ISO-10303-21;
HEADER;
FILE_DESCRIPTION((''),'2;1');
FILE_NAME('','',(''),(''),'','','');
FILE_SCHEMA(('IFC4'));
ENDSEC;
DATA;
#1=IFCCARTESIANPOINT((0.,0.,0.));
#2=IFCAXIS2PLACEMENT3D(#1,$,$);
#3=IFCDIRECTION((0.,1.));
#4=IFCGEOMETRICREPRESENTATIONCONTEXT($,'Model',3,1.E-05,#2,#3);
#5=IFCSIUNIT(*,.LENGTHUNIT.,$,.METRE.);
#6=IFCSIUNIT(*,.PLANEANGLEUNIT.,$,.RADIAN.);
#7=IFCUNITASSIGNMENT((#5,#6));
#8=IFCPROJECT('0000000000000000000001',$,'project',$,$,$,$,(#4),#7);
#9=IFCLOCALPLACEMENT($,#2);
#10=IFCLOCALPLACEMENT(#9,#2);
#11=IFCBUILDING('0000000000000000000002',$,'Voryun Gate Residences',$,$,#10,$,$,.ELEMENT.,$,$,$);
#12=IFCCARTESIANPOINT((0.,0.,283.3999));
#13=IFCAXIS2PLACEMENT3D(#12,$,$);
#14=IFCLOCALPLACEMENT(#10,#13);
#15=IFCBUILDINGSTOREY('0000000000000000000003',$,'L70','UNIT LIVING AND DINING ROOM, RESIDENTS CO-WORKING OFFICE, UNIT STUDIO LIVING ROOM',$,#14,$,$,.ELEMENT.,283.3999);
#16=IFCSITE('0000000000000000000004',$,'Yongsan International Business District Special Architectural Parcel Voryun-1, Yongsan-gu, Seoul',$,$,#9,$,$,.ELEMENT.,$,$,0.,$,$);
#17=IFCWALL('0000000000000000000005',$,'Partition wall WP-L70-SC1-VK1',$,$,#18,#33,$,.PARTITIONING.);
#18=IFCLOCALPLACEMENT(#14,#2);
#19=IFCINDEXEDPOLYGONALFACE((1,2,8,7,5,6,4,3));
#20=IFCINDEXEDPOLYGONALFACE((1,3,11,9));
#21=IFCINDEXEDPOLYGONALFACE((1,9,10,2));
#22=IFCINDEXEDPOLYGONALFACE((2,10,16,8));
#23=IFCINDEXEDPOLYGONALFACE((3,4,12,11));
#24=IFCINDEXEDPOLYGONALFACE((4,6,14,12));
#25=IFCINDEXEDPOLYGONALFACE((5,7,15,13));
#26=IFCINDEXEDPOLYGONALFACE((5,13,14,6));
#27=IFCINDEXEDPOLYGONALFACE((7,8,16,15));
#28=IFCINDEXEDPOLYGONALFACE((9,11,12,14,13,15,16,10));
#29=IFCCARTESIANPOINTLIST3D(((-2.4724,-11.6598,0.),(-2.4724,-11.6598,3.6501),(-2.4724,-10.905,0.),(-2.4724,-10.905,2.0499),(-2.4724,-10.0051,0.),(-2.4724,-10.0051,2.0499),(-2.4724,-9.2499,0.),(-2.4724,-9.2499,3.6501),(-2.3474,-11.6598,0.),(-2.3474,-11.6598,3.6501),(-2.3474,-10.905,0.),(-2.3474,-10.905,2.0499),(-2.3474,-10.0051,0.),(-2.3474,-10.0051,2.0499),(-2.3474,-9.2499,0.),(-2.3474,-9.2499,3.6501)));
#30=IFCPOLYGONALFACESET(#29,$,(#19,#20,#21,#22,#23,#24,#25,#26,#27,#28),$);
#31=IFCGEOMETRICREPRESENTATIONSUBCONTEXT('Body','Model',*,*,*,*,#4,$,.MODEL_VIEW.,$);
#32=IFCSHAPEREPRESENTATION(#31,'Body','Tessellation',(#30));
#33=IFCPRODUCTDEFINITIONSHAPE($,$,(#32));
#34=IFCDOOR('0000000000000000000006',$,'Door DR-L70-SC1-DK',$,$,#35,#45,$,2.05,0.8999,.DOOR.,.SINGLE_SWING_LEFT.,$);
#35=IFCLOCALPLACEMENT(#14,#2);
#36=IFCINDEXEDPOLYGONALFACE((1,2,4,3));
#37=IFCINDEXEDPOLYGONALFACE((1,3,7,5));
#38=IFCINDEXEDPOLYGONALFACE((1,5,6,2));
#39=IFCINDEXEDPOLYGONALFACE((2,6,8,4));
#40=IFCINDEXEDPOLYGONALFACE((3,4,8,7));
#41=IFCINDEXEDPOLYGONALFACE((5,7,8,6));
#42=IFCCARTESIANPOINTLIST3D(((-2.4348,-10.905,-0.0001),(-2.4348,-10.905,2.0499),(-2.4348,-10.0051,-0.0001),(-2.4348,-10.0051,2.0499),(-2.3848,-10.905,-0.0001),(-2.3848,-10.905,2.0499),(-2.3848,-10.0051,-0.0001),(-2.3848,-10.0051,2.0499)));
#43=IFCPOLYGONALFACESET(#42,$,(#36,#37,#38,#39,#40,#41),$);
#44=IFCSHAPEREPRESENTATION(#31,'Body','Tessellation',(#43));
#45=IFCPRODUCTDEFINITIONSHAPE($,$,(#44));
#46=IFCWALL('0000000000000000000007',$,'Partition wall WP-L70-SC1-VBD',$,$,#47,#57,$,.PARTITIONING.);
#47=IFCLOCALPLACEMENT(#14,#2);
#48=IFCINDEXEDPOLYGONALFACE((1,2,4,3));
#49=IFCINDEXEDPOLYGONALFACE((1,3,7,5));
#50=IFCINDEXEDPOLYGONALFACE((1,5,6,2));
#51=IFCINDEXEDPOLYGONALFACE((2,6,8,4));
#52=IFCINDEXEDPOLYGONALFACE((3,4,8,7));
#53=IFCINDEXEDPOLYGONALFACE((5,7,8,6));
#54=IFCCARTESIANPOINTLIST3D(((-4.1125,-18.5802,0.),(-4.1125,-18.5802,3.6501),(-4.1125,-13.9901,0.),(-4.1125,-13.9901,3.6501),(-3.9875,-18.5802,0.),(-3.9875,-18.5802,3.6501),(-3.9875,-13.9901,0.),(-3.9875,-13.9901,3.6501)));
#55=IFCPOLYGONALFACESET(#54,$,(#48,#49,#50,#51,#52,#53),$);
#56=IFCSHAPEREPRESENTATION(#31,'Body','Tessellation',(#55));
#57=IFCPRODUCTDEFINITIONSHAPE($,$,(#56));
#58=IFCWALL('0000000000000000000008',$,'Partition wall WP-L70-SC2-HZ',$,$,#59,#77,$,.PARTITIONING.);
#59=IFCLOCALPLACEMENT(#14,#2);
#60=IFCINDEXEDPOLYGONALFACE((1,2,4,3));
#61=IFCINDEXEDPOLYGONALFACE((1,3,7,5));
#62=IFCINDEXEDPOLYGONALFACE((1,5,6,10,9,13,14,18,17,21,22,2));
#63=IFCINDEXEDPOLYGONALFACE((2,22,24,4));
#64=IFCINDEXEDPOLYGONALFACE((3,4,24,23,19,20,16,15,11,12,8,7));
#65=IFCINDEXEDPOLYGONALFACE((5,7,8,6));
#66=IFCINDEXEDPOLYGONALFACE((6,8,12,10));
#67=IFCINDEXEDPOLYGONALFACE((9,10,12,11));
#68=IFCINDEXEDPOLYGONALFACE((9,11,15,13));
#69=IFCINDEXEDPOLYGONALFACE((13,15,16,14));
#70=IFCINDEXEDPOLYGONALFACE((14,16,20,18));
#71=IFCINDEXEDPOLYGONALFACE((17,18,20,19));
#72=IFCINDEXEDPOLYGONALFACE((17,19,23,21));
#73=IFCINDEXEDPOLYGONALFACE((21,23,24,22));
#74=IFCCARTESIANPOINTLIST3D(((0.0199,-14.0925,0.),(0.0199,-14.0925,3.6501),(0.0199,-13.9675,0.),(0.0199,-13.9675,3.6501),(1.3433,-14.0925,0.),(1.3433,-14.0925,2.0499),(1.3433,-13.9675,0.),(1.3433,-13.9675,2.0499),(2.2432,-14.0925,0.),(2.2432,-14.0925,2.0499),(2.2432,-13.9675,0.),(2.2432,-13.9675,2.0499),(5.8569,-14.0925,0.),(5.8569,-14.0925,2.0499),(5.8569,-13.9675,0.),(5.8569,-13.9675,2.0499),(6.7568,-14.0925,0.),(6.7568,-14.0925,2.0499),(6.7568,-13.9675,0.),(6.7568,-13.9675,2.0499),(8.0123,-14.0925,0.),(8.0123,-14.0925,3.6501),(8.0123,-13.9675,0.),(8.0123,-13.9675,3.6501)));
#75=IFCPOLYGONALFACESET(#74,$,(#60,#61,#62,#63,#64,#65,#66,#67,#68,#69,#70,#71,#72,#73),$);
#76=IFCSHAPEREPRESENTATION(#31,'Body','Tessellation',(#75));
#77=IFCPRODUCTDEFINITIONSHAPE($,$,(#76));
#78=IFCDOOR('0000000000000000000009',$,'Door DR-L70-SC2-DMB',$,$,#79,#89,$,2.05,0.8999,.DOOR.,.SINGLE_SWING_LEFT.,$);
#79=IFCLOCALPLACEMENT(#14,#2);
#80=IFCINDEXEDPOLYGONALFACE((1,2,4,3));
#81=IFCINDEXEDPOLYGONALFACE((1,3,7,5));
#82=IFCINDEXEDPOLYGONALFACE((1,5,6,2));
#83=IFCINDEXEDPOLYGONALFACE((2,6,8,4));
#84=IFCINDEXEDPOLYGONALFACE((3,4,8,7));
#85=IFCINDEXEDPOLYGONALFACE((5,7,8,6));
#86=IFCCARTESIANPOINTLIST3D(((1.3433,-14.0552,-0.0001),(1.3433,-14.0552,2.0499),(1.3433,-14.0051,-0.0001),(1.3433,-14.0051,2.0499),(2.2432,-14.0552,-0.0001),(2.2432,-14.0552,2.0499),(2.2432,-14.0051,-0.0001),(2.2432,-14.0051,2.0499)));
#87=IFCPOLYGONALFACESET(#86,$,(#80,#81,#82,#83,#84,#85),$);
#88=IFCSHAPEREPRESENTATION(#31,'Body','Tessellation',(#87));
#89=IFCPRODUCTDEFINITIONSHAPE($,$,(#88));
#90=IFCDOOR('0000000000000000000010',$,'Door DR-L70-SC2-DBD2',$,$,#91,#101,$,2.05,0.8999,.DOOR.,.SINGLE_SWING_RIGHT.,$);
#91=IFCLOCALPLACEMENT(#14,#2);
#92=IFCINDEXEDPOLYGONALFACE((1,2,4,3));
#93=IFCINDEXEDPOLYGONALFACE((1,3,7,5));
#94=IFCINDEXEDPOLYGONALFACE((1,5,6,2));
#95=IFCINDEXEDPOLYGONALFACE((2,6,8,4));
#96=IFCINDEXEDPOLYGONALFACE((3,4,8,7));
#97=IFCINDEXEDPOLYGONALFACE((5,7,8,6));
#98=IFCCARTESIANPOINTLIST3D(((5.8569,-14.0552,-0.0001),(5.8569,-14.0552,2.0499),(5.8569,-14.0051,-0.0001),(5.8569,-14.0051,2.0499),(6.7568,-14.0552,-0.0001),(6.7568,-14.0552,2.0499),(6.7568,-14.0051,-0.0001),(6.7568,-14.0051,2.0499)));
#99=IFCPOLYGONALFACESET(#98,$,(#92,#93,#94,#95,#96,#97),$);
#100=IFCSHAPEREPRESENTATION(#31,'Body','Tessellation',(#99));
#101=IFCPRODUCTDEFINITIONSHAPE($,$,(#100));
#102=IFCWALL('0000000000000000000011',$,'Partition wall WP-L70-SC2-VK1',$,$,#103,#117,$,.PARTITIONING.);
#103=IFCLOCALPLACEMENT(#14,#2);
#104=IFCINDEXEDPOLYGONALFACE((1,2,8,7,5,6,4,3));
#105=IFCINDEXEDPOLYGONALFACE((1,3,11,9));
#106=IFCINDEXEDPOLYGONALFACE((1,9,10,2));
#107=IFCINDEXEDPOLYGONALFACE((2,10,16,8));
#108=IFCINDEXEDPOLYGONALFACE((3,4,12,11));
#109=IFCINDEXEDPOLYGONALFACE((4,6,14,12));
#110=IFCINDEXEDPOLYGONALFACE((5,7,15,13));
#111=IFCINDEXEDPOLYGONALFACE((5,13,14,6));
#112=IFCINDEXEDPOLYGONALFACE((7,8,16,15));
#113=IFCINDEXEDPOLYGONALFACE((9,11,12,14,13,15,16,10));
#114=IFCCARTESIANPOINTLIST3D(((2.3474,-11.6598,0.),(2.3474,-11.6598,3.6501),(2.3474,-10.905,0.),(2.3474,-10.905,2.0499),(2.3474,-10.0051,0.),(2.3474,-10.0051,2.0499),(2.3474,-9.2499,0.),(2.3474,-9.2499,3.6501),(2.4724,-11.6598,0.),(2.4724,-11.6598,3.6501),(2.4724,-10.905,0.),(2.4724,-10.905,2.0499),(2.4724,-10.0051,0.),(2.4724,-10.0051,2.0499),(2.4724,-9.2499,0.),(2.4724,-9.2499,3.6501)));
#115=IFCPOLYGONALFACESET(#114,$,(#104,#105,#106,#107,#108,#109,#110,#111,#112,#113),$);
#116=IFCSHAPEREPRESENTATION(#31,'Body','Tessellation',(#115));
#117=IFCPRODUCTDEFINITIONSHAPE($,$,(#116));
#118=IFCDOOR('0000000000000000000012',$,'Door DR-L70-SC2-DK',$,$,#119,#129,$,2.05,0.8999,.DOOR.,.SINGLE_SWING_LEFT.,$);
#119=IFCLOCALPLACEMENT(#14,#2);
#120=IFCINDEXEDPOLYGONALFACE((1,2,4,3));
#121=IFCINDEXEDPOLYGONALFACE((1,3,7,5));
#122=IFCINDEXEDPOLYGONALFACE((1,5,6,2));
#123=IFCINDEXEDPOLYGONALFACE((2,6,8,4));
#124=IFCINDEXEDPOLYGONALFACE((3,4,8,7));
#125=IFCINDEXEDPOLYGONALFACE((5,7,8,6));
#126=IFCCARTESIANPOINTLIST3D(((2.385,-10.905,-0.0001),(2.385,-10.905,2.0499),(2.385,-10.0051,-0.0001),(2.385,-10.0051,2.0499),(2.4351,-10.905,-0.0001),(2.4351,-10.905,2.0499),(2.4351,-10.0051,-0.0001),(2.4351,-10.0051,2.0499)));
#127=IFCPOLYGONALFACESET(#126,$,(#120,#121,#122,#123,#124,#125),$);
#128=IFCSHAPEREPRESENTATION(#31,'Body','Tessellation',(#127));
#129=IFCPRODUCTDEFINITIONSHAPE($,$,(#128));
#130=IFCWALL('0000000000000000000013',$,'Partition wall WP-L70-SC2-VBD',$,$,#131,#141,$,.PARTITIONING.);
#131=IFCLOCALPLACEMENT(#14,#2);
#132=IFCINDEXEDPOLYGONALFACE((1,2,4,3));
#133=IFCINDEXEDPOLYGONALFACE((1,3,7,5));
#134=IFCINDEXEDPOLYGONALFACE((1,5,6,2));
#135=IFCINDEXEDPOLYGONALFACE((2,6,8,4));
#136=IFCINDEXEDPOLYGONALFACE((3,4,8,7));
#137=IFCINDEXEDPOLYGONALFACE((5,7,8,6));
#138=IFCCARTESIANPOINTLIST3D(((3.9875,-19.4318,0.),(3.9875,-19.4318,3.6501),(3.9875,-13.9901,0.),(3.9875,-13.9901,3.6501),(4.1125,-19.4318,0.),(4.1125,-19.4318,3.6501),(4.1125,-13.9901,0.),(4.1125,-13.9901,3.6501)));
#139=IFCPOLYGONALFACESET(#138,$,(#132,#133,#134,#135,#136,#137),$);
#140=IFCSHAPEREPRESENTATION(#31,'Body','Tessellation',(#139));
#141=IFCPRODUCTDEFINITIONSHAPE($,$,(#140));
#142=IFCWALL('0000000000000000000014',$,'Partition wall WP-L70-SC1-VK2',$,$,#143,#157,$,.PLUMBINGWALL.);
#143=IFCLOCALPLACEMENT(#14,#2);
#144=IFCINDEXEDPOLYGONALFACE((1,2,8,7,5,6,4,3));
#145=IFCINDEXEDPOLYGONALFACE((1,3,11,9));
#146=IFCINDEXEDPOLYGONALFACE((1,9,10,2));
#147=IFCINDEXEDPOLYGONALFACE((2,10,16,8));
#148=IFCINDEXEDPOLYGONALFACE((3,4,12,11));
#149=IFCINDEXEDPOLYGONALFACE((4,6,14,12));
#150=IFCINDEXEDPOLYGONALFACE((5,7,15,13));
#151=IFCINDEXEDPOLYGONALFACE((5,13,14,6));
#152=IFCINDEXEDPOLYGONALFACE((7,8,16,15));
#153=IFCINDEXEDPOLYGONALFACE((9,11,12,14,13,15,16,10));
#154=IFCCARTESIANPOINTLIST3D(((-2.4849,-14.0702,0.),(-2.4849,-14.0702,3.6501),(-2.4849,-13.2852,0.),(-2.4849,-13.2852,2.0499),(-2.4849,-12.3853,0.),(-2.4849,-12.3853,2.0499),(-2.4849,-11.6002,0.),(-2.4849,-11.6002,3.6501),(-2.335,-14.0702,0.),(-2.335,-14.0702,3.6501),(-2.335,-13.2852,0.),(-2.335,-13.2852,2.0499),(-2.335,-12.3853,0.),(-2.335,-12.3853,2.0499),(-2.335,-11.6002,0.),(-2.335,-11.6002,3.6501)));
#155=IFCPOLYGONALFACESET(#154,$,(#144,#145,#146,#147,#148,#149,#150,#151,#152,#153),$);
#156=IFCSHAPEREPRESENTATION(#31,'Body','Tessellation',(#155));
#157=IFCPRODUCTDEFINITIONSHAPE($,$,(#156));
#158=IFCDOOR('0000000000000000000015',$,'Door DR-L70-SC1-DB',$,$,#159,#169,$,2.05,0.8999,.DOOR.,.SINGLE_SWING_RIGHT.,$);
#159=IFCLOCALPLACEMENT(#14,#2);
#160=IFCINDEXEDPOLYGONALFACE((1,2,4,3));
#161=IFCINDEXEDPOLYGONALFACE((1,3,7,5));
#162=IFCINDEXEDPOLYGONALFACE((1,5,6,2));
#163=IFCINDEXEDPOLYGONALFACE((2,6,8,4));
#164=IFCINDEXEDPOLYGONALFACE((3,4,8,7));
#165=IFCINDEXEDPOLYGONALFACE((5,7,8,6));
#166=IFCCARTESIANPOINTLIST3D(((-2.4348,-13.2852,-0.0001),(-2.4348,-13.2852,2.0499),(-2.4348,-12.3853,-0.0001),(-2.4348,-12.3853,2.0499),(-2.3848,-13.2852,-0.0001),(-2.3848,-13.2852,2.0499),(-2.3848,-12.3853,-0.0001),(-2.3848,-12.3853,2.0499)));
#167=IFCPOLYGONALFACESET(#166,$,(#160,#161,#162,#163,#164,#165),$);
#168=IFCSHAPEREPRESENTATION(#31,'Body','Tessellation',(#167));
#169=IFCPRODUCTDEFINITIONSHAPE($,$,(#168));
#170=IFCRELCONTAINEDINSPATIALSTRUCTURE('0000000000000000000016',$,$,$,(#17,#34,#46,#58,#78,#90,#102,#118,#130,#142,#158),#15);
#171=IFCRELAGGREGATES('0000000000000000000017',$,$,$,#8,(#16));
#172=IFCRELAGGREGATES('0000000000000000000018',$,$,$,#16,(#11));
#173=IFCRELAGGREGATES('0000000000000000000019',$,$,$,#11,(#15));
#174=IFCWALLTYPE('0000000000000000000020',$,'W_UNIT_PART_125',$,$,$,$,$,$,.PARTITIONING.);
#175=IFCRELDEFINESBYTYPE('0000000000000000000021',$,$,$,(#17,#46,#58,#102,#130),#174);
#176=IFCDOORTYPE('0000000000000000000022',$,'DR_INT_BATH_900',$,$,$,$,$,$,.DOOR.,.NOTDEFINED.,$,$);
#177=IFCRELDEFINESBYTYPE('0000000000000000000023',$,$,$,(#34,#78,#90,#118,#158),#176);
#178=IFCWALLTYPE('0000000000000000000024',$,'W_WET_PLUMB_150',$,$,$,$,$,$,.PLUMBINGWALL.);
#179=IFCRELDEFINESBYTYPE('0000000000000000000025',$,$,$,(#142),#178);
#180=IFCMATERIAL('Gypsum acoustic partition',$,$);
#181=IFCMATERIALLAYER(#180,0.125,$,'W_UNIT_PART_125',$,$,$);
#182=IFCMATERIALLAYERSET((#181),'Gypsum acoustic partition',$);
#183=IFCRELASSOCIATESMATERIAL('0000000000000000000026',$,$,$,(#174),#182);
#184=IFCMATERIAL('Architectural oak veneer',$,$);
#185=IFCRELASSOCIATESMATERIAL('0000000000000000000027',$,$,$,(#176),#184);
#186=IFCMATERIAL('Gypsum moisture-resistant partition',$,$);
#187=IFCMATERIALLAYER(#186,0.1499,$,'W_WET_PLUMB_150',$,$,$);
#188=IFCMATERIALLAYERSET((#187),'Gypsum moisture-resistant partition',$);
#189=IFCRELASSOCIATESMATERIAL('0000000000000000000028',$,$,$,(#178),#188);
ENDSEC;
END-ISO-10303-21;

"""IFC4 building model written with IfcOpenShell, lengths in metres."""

from ifc_helpers import new_model, si_unit, direction, frame, frame_2d, origin, place, context, subcontext, project, spatial, rectangle, extrude, material, layer, layer_set, type_object, element, fill, save


model = new_model("IFC4")

# Units and contexts
model_context = context("Model", 3, precision=1e-05, world=origin(), true_north=direction((0.0, 1.0)))
body_context = subcontext(model_context, "Body", "Model", "MODEL_VIEW")
ifc_project = project(units=[si_unit("LENGTHUNIT", "METRE"), si_unit("PLANEANGLEUNIT", "RADIAN")], contexts=[model_context])

# Site, building, storey
site_placement = place(None, origin())
site = spatial("IfcSite", under=ifc_project, at=site_placement, Name="Yongsan International Business District Special Architectural Parcel Voryun-1, Yongsan-gu, Seoul", CompositionType="ELEMENT", RefElevation=0.0)
building_placement = place(site_placement, origin())
building = spatial("IfcBuilding", under=site, at=building_placement, Name="Voryun Gate Residences", CompositionType="ELEMENT")
storey_placement = place(building_placement, frame((0.0, 0.0, 283.3999)))
storey = spatial("IfcBuildingStorey", under=building, at=storey_placement, Name="L70", Description="UNIT LIVING AND DINING ROOM, RESIDENTS CO-WORKING OFFICE, UNIT STUDIO LIVING ROOM", CompositionType="ELEMENT", Elevation=283.3999)

# Shared definitions
ifc_material_1 = material(Name="Gypsum acoustic partition")
ifc_layer_1 = layer(ifc_material_1, 0.125, Name="W_UNIT_PART_125")
ifc_layer_set_1 = layer_set([ifc_layer_1], Name="Gypsum acoustic partition")
wall_type_1 = type_object("IfcWallType", Name="W_UNIT_PART_125", PredefinedType="PARTITIONING", material=ifc_layer_set_1)

# Wall, opening, door
wall_1_placement = place(storey_placement, frame((-2.4099, -11.6599, 0.0), z_axis=(0.0, 0.0, 1.0), x_axis=(0.0, 1.0, 0.0)))
wall_1 = element("IfcWall", 1, at=wall_1_placement, inside=storey, type_object=wall_type_1, Name="Partition wall WP-L70-SC1-VK1", PredefinedType="PARTITIONING", context=body_context, shape_type="SweptSolid", body=[
    extrude(rectangle(XDim=2.4099, YDim=0.125, at=frame_2d((1.2051, 0.0))), origin(), (0.0, 0.0, 1.0), 3.6501),
])
opening_1_placement = place(wall_1_placement, frame((0.7549, 0.0, 0.0)))
opening_1 = element("IfcOpeningElement", 2, at=opening_1_placement, cuts=wall_1, PredefinedType="OPENING", context=body_context, shape_type="SweptSolid", body=[
    extrude(rectangle(XDim=0.8999, YDim=2.05, at=frame_2d((0.45, 1.0249))), frame((0.0, 0.0725, 0.0), z_axis=(0.0, -1.0, 0.0), x_axis=(1.0, 0.0, 0.0)), (0.0, 0.0, 1.0), 0.145),
])
ifc_material_2 = material(Name="Architectural oak veneer")
door_type_1 = type_object("IfcDoorType", Name="DR_INT_BATH_900", OperationType="NOTDEFINED", PredefinedType="DOOR", material=ifc_material_2)
door_1_placement = place(opening_1_placement, origin())
door_1 = element("IfcDoor", 3, at=door_1_placement, inside=storey, type_object=door_type_1, Name="Door DR-L70-SC1-DK", OperationType="SINGLE_SWING_LEFT", OverallHeight=2.05, OverallWidth=0.8999, PredefinedType="DOOR", context=body_context, shape_type="SweptSolid", body=[
    extrude(rectangle(XDim=0.8999, YDim=2.05, at=frame_2d((0.45, 1.0249))), frame((0.0, 0.0249, 0.0), z_axis=(0.0, -1.0, 0.0), x_axis=(1.0, 0.0, 0.0)), (0.0, 0.0, 1.0), 0.05),
])
fill(opening_1, door_1)

# Wall
wall_2_placement = place(storey_placement, frame((-4.05, -18.5801, 0.0), z_axis=(0.0, 0.0, 1.0), x_axis=(0.0, 1.0, 0.0)))
element("IfcWall", 4, at=wall_2_placement, inside=storey, type_object=wall_type_1, Name="Partition wall WP-L70-SC1-VBD", PredefinedType="PARTITIONING", context=body_context, shape_type="SweptSolid", body=[
    extrude(rectangle(XDim=4.5901, YDim=0.125, at=frame_2d((2.2949, 0.0))), origin(), (0.0, 0.0, 1.0), 3.6501),
])

# Wall, openings, doors
wall_3_placement = place(storey_placement, frame((0.02, -14.03, 0.0), z_axis=(0.0, 0.0, 1.0), x_axis=(1.0, 0.0, 0.0)))
wall_3 = element("IfcWall", 5, at=wall_3_placement, inside=storey, type_object=wall_type_1, Name="Partition wall WP-L70-SC2-HZ", PredefinedType="PARTITIONING", context=body_context, shape_type="SweptSolid", body=[
    extrude(rectangle(XDim=7.9924, YDim=0.125, at=frame_2d((3.9961, 0.0))), origin(), (0.0, 0.0, 1.0), 3.6501),
])
opening_2_placement = place(wall_3_placement, frame((1.3232, 0.0, 0.0)))
opening_2 = element("IfcOpeningElement", 6, at=opening_2_placement, cuts=wall_3, PredefinedType="OPENING", context=body_context, shape_type="SweptSolid", body=[
    extrude(rectangle(XDim=0.8999, YDim=2.05, at=frame_2d((0.45, 1.0249))), frame((0.0, 0.0725, 0.0), z_axis=(0.0, -1.0, 0.0), x_axis=(1.0, 0.0, 0.0)), (0.0, 0.0, 1.0), 0.145),
])
opening_3_placement = place(wall_3_placement, frame((5.8369, 0.0, 0.0)))
opening_3 = element("IfcOpeningElement", 7, at=opening_3_placement, cuts=wall_3, PredefinedType="OPENING", context=body_context, shape_type="SweptSolid", body=[
    extrude(rectangle(XDim=0.8999, YDim=2.05, at=frame_2d((0.45, 1.0249))), frame((0.0, 0.0725, 0.0), z_axis=(0.0, -1.0, 0.0), x_axis=(1.0, 0.0, 0.0)), (0.0, 0.0, 1.0), 0.145),
])
door_2_placement = place(opening_2_placement, origin())
door_2 = element("IfcDoor", 8, at=door_2_placement, inside=storey, type_object=door_type_1, Name="Door DR-L70-SC2-DMB", OperationType="SINGLE_SWING_LEFT", OverallHeight=2.05, OverallWidth=0.8999, PredefinedType="DOOR", context=body_context, shape_type="SweptSolid", body=[
    extrude(rectangle(XDim=0.8999, YDim=2.05, at=frame_2d((0.45, 1.0249))), frame((0.0, 0.0249, 0.0), z_axis=(0.0, -1.0, 0.0), x_axis=(1.0, 0.0, 0.0)), (0.0, 0.0, 1.0), 0.05),
])
fill(opening_2, door_2)
door_3_placement = place(opening_3_placement, origin())
door_3 = element("IfcDoor", 9, at=door_3_placement, inside=storey, type_object=door_type_1, Name="Door DR-L70-SC2-DBD2", OperationType="SINGLE_SWING_RIGHT", OverallHeight=2.05, OverallWidth=0.8999, PredefinedType="DOOR", context=body_context, shape_type="SweptSolid", body=[
    extrude(rectangle(XDim=0.8999, YDim=2.05, at=frame_2d((0.45, 1.0249))), frame((0.0, 0.0249, 0.0), z_axis=(0.0, -1.0, 0.0), x_axis=(1.0, 0.0, 0.0)), (0.0, 0.0, 1.0), 0.05),
])
fill(opening_3, door_3)

# Wall, opening, door
wall_4_placement = place(storey_placement, frame((2.4099, -11.6599, 0.0), z_axis=(0.0, 0.0, 1.0), x_axis=(0.0, 1.0, 0.0)))
wall_4 = element("IfcWall", 10, at=wall_4_placement, inside=storey, type_object=wall_type_1, Name="Partition wall WP-L70-SC2-VK1", PredefinedType="PARTITIONING", context=body_context, shape_type="SweptSolid", body=[
    extrude(rectangle(XDim=2.4099, YDim=0.125, at=frame_2d((1.2051, 0.0))), origin(), (0.0, 0.0, 1.0), 3.6501),
])
opening_4_placement = place(wall_4_placement, frame((0.7549, 0.0, 0.0)))
opening_4 = element("IfcOpeningElement", 11, at=opening_4_placement, cuts=wall_4, PredefinedType="OPENING", context=body_context, shape_type="SweptSolid", body=[
    extrude(rectangle(XDim=0.8999, YDim=2.05, at=frame_2d((0.45, 1.0249))), frame((0.0, 0.0725, 0.0), z_axis=(0.0, -1.0, 0.0), x_axis=(1.0, 0.0, 0.0)), (0.0, 0.0, 1.0), 0.145),
])
door_4_placement = place(opening_4_placement, origin())
door_4 = element("IfcDoor", 12, at=door_4_placement, inside=storey, type_object=door_type_1, Name="Door DR-L70-SC2-DK", OperationType="SINGLE_SWING_LEFT", OverallHeight=2.05, OverallWidth=0.8999, PredefinedType="DOOR", context=body_context, shape_type="SweptSolid", body=[
    extrude(rectangle(XDim=0.8999, YDim=2.05, at=frame_2d((0.45, 1.0249))), frame((0.0, 0.0249, 0.0), z_axis=(0.0, -1.0, 0.0), x_axis=(1.0, 0.0, 0.0)), (0.0, 0.0, 1.0), 0.05),
])
fill(opening_4, door_4)

# Wall
wall_5_placement = place(storey_placement, frame((4.05, -19.4316, 0.0), z_axis=(0.0, 0.0, 1.0), x_axis=(0.0, 1.0, 0.0)))
element("IfcWall", 13, at=wall_5_placement, inside=storey, type_object=wall_type_1, Name="Partition wall WP-L70-SC2-VBD", PredefinedType="PARTITIONING", context=body_context, shape_type="SweptSolid", body=[
    extrude(rectangle(XDim=5.4417, YDim=0.125, at=frame_2d((2.7207, 0.0))), origin(), (0.0, 0.0, 1.0), 3.6501),
])

# Wall, opening, door
ifc_material_3 = material(Name="Gypsum moisture-resistant partition")
ifc_layer_2 = layer(ifc_material_3, 0.1499, Name="W_WET_PLUMB_150")
ifc_layer_set_2 = layer_set([ifc_layer_2], Name="Gypsum moisture-resistant partition")
wall_type_2 = type_object("IfcWallType", Name="W_WET_PLUMB_150", PredefinedType="PLUMBINGWALL", material=ifc_layer_set_2)
wall_6_placement = place(storey_placement, frame((-2.4099, -14.0701, 0.0), z_axis=(0.0, 0.0, 1.0), x_axis=(0.0, 1.0, 0.0)))
wall_6 = element("IfcWall", 14, at=wall_6_placement, inside=storey, type_object=wall_type_2, Name="Partition wall WP-L70-SC1-VK2", PredefinedType="PLUMBINGWALL", context=body_context, shape_type="SweptSolid", body=[
    extrude(rectangle(XDim=2.47, YDim=0.1499, at=frame_2d((1.2349, 0.0))), origin(), (0.0, 0.0, 1.0), 3.6501),
])
opening_5_placement = place(wall_6_placement, frame((0.7849, 0.0, 0.0)))
opening_5 = element("IfcOpeningElement", 15, at=opening_5_placement, cuts=wall_6, PredefinedType="OPENING", context=body_context, shape_type="SweptSolid", body=[
    extrude(rectangle(XDim=0.8999, YDim=2.05, at=frame_2d((0.45, 1.0249))), frame((0.0, 0.085, 0.0), z_axis=(0.0, -1.0, 0.0), x_axis=(1.0, 0.0, 0.0)), (0.0, 0.0, 1.0), 0.1699),
])
door_5_placement = place(opening_5_placement, origin())
door_5 = element("IfcDoor", 16, at=door_5_placement, inside=storey, type_object=door_type_1, Name="Door DR-L70-SC1-DB", OperationType="SINGLE_SWING_RIGHT", OverallHeight=2.05, OverallWidth=0.8999, PredefinedType="DOOR", context=body_context, shape_type="SweptSolid", body=[
    extrude(rectangle(XDim=0.8999, YDim=2.05, at=frame_2d((0.45, 1.0249))), frame((0.0, 0.0249, 0.0), z_axis=(0.0, -1.0, 0.0), x_axis=(1.0, 0.0, 0.0)), (0.0, 0.0, 1.0), 0.05),
])
fill(opening_5, door_5)

save(model, "model.ifc")
